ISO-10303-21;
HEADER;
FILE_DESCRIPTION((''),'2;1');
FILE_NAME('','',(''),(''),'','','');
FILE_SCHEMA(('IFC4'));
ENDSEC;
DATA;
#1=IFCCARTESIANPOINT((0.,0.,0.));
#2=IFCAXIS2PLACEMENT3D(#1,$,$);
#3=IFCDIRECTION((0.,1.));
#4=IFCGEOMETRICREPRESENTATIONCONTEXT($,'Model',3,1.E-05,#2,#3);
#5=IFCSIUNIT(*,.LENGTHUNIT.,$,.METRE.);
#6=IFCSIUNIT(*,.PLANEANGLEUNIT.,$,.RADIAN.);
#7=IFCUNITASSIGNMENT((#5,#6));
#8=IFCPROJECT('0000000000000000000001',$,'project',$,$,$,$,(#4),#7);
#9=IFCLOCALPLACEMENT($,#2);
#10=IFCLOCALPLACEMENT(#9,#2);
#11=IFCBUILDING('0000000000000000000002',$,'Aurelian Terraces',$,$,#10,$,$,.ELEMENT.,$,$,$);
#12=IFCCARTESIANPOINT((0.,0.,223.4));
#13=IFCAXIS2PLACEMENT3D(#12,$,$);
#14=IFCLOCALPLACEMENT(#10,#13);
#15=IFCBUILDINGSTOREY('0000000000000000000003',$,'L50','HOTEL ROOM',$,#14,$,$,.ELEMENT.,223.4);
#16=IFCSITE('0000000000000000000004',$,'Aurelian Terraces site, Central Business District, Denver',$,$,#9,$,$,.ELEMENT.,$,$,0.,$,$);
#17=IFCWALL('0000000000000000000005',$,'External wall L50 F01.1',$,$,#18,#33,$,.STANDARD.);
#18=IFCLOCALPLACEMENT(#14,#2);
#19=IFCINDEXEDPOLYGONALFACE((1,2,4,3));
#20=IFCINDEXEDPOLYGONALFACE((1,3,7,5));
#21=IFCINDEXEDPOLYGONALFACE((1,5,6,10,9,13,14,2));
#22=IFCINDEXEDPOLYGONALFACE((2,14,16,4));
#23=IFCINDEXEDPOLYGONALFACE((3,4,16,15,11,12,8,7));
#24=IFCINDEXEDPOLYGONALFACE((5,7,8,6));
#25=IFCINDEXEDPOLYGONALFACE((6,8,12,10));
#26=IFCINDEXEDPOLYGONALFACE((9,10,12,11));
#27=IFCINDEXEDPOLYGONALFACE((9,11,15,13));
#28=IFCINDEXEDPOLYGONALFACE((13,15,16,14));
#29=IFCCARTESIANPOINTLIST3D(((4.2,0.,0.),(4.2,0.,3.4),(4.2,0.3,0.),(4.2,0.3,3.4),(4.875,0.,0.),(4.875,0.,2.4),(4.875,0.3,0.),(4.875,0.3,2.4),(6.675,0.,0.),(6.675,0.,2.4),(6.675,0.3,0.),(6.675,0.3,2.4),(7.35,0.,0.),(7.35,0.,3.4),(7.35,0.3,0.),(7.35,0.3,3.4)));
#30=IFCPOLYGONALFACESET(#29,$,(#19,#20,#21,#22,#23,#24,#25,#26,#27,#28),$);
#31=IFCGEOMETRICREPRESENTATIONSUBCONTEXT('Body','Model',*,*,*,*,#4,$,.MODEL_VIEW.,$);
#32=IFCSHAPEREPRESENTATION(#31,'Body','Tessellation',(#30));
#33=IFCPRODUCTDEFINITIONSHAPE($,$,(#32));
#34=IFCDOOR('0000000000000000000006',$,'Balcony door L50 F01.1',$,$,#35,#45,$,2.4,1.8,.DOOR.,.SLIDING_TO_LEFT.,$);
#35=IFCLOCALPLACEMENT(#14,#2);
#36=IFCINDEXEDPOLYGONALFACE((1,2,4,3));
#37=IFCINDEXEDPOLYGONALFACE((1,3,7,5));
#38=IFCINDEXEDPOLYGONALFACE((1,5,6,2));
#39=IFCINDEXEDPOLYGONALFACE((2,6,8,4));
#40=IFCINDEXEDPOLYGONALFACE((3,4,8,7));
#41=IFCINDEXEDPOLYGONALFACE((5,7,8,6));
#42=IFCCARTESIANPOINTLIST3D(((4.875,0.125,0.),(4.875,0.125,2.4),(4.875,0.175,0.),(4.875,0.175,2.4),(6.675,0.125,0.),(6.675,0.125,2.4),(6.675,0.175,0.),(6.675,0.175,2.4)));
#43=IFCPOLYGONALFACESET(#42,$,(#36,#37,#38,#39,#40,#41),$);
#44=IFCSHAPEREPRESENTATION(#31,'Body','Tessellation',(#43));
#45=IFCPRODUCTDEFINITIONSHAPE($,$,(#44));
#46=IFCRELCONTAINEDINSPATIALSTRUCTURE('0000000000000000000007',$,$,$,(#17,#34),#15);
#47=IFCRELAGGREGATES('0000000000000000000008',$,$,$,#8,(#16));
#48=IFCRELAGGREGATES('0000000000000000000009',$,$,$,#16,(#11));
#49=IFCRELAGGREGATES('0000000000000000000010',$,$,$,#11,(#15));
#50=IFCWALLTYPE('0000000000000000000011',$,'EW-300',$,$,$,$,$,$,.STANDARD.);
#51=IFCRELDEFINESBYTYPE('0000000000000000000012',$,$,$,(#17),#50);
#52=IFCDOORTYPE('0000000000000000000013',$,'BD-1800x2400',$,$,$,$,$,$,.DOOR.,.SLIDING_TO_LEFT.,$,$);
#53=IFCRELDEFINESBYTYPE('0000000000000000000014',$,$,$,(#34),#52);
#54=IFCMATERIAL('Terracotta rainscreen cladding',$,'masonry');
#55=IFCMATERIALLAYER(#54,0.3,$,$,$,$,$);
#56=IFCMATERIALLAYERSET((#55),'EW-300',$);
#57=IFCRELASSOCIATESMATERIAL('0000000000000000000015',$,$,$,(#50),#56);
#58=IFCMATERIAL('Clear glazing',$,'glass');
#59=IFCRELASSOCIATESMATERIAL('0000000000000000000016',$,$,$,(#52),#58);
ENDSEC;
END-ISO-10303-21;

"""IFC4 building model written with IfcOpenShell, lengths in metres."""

from ifc_helpers import new_model, si_unit, direction, frame, frame_2d, origin, place, context, subcontext, project, spatial, rectangle, extrude, source, transform, mapped, material, layer, layer_set, type_object, element, fill, save


model = new_model("IFC4")

# Units and contexts
model_context = context("Model", 3, precision=1e-05, world=origin(), true_north=direction((0.0, 1.0)))
body_context = subcontext(model_context, "Body", "Model", "MODEL_VIEW")
ifc_project = project(units=[si_unit("LENGTHUNIT", "METRE"), si_unit("PLANEANGLEUNIT", "RADIAN")], contexts=[model_context])

# Site, building, storey
site_placement = place(None, origin())
site = spatial("IfcSite", under=ifc_project, at=site_placement, Name="Aurelian Terraces site, Central Business District, Denver", CompositionType="ELEMENT", RefElevation=0.0)
building_placement = place(site_placement, origin())
building = spatial("IfcBuilding", under=site, at=building_placement, Name="Aurelian Terraces", CompositionType="ELEMENT")
storey_placement = place(building_placement, frame((0.0, 0.0, 223.4)))
storey = spatial("IfcBuildingStorey", under=building, at=storey_placement, Name="L50", Description="HOTEL ROOM", CompositionType="ELEMENT", Elevation=223.4)

# Shared definitions
ifc_material_1 = material(Name="Terracotta rainscreen cladding", Category="masonry")
ifc_layer_1 = layer(ifc_material_1, 0.3)
ifc_layer_set_1 = layer_set([ifc_layer_1], Name="EW-300")
wall_type_1 = type_object("IfcWallType", Name="EW-300", PredefinedType="STANDARD", material=ifc_layer_set_1)
ifc_material_2 = material(Name="Clear glazing", Category="glass")

# Wall, opening, door
shared_shape_1 = source(origin(), body_context, "Body", "SweptSolid", [
    extrude(rectangle(XDim=3.15, YDim=0.3, at=frame_2d((1.575, 0.0))), origin(), (0.0, 0.0, 1.0), 3.4),
])
wall_1_placement = place(storey_placement, frame((4.2, 0.15, 0.0), z_axis=(0.0, 0.0, 1.0), x_axis=(1.0, 0.0, 0.0)))
wall_1 = element("IfcWall", 1, at=wall_1_placement, inside=storey, type_object=wall_type_1, Name="External wall L50 F01.1", PredefinedType="STANDARD", context=body_context, shape_type="MappedRepresentation", body=[
    mapped(shared_shape_1, transform((0.0, 0.0, 0.0), scale=1.0)),
])
shared_shape_2 = source(origin(), body_context, "Body", "SweptSolid", [
    extrude(rectangle(XDim=1.8, YDim=2.4, at=frame_2d((0.9, 1.2))), frame((0.0, 0.16, 0.0), z_axis=(0.0, -1.0, 0.0), x_axis=(1.0, 0.0, 0.0)), (0.0, 0.0, 1.0), 0.32),
])
opening_1_placement = place(wall_1_placement, frame((0.675, 0.0, 0.0)))
opening_1 = element("IfcOpeningElement", 2, at=opening_1_placement, cuts=wall_1, PredefinedType="OPENING", context=body_context, shape_type="MappedRepresentation", body=[
    mapped(shared_shape_2, transform((0.0, 0.0, 0.0), scale=1.0)),
])
door_type_1 = type_object("IfcDoorType", Name="BD-1800x2400", OperationType="SLIDING_TO_LEFT", PredefinedType="DOOR", material=ifc_material_2)
shared_shape_3 = source(origin(), body_context, "Body", "SweptSolid", [
    extrude(rectangle(XDim=1.8, YDim=2.4, at=frame_2d((0.9, 1.2))), frame((0.0, 0.025, 0.0), z_axis=(0.0, -1.0, 0.0), x_axis=(1.0, 0.0, 0.0)), (0.0, 0.0, 1.0), 0.05),
])
door_1_placement = place(opening_1_placement, origin())
door_1 = element("IfcDoor", 3, at=door_1_placement, inside=storey, type_object=door_type_1, Name="Balcony door L50 F01.1", OperationType="SLIDING_TO_LEFT", OverallHeight=2.4, OverallWidth=1.8, PredefinedType="DOOR", context=body_context, shape_type="MappedRepresentation", body=[
    mapped(shared_shape_3, transform((0.0, 0.0, 0.0), scale=1.0)),
])
fill(opening_1, door_1)

save(model, "model.ifc")
